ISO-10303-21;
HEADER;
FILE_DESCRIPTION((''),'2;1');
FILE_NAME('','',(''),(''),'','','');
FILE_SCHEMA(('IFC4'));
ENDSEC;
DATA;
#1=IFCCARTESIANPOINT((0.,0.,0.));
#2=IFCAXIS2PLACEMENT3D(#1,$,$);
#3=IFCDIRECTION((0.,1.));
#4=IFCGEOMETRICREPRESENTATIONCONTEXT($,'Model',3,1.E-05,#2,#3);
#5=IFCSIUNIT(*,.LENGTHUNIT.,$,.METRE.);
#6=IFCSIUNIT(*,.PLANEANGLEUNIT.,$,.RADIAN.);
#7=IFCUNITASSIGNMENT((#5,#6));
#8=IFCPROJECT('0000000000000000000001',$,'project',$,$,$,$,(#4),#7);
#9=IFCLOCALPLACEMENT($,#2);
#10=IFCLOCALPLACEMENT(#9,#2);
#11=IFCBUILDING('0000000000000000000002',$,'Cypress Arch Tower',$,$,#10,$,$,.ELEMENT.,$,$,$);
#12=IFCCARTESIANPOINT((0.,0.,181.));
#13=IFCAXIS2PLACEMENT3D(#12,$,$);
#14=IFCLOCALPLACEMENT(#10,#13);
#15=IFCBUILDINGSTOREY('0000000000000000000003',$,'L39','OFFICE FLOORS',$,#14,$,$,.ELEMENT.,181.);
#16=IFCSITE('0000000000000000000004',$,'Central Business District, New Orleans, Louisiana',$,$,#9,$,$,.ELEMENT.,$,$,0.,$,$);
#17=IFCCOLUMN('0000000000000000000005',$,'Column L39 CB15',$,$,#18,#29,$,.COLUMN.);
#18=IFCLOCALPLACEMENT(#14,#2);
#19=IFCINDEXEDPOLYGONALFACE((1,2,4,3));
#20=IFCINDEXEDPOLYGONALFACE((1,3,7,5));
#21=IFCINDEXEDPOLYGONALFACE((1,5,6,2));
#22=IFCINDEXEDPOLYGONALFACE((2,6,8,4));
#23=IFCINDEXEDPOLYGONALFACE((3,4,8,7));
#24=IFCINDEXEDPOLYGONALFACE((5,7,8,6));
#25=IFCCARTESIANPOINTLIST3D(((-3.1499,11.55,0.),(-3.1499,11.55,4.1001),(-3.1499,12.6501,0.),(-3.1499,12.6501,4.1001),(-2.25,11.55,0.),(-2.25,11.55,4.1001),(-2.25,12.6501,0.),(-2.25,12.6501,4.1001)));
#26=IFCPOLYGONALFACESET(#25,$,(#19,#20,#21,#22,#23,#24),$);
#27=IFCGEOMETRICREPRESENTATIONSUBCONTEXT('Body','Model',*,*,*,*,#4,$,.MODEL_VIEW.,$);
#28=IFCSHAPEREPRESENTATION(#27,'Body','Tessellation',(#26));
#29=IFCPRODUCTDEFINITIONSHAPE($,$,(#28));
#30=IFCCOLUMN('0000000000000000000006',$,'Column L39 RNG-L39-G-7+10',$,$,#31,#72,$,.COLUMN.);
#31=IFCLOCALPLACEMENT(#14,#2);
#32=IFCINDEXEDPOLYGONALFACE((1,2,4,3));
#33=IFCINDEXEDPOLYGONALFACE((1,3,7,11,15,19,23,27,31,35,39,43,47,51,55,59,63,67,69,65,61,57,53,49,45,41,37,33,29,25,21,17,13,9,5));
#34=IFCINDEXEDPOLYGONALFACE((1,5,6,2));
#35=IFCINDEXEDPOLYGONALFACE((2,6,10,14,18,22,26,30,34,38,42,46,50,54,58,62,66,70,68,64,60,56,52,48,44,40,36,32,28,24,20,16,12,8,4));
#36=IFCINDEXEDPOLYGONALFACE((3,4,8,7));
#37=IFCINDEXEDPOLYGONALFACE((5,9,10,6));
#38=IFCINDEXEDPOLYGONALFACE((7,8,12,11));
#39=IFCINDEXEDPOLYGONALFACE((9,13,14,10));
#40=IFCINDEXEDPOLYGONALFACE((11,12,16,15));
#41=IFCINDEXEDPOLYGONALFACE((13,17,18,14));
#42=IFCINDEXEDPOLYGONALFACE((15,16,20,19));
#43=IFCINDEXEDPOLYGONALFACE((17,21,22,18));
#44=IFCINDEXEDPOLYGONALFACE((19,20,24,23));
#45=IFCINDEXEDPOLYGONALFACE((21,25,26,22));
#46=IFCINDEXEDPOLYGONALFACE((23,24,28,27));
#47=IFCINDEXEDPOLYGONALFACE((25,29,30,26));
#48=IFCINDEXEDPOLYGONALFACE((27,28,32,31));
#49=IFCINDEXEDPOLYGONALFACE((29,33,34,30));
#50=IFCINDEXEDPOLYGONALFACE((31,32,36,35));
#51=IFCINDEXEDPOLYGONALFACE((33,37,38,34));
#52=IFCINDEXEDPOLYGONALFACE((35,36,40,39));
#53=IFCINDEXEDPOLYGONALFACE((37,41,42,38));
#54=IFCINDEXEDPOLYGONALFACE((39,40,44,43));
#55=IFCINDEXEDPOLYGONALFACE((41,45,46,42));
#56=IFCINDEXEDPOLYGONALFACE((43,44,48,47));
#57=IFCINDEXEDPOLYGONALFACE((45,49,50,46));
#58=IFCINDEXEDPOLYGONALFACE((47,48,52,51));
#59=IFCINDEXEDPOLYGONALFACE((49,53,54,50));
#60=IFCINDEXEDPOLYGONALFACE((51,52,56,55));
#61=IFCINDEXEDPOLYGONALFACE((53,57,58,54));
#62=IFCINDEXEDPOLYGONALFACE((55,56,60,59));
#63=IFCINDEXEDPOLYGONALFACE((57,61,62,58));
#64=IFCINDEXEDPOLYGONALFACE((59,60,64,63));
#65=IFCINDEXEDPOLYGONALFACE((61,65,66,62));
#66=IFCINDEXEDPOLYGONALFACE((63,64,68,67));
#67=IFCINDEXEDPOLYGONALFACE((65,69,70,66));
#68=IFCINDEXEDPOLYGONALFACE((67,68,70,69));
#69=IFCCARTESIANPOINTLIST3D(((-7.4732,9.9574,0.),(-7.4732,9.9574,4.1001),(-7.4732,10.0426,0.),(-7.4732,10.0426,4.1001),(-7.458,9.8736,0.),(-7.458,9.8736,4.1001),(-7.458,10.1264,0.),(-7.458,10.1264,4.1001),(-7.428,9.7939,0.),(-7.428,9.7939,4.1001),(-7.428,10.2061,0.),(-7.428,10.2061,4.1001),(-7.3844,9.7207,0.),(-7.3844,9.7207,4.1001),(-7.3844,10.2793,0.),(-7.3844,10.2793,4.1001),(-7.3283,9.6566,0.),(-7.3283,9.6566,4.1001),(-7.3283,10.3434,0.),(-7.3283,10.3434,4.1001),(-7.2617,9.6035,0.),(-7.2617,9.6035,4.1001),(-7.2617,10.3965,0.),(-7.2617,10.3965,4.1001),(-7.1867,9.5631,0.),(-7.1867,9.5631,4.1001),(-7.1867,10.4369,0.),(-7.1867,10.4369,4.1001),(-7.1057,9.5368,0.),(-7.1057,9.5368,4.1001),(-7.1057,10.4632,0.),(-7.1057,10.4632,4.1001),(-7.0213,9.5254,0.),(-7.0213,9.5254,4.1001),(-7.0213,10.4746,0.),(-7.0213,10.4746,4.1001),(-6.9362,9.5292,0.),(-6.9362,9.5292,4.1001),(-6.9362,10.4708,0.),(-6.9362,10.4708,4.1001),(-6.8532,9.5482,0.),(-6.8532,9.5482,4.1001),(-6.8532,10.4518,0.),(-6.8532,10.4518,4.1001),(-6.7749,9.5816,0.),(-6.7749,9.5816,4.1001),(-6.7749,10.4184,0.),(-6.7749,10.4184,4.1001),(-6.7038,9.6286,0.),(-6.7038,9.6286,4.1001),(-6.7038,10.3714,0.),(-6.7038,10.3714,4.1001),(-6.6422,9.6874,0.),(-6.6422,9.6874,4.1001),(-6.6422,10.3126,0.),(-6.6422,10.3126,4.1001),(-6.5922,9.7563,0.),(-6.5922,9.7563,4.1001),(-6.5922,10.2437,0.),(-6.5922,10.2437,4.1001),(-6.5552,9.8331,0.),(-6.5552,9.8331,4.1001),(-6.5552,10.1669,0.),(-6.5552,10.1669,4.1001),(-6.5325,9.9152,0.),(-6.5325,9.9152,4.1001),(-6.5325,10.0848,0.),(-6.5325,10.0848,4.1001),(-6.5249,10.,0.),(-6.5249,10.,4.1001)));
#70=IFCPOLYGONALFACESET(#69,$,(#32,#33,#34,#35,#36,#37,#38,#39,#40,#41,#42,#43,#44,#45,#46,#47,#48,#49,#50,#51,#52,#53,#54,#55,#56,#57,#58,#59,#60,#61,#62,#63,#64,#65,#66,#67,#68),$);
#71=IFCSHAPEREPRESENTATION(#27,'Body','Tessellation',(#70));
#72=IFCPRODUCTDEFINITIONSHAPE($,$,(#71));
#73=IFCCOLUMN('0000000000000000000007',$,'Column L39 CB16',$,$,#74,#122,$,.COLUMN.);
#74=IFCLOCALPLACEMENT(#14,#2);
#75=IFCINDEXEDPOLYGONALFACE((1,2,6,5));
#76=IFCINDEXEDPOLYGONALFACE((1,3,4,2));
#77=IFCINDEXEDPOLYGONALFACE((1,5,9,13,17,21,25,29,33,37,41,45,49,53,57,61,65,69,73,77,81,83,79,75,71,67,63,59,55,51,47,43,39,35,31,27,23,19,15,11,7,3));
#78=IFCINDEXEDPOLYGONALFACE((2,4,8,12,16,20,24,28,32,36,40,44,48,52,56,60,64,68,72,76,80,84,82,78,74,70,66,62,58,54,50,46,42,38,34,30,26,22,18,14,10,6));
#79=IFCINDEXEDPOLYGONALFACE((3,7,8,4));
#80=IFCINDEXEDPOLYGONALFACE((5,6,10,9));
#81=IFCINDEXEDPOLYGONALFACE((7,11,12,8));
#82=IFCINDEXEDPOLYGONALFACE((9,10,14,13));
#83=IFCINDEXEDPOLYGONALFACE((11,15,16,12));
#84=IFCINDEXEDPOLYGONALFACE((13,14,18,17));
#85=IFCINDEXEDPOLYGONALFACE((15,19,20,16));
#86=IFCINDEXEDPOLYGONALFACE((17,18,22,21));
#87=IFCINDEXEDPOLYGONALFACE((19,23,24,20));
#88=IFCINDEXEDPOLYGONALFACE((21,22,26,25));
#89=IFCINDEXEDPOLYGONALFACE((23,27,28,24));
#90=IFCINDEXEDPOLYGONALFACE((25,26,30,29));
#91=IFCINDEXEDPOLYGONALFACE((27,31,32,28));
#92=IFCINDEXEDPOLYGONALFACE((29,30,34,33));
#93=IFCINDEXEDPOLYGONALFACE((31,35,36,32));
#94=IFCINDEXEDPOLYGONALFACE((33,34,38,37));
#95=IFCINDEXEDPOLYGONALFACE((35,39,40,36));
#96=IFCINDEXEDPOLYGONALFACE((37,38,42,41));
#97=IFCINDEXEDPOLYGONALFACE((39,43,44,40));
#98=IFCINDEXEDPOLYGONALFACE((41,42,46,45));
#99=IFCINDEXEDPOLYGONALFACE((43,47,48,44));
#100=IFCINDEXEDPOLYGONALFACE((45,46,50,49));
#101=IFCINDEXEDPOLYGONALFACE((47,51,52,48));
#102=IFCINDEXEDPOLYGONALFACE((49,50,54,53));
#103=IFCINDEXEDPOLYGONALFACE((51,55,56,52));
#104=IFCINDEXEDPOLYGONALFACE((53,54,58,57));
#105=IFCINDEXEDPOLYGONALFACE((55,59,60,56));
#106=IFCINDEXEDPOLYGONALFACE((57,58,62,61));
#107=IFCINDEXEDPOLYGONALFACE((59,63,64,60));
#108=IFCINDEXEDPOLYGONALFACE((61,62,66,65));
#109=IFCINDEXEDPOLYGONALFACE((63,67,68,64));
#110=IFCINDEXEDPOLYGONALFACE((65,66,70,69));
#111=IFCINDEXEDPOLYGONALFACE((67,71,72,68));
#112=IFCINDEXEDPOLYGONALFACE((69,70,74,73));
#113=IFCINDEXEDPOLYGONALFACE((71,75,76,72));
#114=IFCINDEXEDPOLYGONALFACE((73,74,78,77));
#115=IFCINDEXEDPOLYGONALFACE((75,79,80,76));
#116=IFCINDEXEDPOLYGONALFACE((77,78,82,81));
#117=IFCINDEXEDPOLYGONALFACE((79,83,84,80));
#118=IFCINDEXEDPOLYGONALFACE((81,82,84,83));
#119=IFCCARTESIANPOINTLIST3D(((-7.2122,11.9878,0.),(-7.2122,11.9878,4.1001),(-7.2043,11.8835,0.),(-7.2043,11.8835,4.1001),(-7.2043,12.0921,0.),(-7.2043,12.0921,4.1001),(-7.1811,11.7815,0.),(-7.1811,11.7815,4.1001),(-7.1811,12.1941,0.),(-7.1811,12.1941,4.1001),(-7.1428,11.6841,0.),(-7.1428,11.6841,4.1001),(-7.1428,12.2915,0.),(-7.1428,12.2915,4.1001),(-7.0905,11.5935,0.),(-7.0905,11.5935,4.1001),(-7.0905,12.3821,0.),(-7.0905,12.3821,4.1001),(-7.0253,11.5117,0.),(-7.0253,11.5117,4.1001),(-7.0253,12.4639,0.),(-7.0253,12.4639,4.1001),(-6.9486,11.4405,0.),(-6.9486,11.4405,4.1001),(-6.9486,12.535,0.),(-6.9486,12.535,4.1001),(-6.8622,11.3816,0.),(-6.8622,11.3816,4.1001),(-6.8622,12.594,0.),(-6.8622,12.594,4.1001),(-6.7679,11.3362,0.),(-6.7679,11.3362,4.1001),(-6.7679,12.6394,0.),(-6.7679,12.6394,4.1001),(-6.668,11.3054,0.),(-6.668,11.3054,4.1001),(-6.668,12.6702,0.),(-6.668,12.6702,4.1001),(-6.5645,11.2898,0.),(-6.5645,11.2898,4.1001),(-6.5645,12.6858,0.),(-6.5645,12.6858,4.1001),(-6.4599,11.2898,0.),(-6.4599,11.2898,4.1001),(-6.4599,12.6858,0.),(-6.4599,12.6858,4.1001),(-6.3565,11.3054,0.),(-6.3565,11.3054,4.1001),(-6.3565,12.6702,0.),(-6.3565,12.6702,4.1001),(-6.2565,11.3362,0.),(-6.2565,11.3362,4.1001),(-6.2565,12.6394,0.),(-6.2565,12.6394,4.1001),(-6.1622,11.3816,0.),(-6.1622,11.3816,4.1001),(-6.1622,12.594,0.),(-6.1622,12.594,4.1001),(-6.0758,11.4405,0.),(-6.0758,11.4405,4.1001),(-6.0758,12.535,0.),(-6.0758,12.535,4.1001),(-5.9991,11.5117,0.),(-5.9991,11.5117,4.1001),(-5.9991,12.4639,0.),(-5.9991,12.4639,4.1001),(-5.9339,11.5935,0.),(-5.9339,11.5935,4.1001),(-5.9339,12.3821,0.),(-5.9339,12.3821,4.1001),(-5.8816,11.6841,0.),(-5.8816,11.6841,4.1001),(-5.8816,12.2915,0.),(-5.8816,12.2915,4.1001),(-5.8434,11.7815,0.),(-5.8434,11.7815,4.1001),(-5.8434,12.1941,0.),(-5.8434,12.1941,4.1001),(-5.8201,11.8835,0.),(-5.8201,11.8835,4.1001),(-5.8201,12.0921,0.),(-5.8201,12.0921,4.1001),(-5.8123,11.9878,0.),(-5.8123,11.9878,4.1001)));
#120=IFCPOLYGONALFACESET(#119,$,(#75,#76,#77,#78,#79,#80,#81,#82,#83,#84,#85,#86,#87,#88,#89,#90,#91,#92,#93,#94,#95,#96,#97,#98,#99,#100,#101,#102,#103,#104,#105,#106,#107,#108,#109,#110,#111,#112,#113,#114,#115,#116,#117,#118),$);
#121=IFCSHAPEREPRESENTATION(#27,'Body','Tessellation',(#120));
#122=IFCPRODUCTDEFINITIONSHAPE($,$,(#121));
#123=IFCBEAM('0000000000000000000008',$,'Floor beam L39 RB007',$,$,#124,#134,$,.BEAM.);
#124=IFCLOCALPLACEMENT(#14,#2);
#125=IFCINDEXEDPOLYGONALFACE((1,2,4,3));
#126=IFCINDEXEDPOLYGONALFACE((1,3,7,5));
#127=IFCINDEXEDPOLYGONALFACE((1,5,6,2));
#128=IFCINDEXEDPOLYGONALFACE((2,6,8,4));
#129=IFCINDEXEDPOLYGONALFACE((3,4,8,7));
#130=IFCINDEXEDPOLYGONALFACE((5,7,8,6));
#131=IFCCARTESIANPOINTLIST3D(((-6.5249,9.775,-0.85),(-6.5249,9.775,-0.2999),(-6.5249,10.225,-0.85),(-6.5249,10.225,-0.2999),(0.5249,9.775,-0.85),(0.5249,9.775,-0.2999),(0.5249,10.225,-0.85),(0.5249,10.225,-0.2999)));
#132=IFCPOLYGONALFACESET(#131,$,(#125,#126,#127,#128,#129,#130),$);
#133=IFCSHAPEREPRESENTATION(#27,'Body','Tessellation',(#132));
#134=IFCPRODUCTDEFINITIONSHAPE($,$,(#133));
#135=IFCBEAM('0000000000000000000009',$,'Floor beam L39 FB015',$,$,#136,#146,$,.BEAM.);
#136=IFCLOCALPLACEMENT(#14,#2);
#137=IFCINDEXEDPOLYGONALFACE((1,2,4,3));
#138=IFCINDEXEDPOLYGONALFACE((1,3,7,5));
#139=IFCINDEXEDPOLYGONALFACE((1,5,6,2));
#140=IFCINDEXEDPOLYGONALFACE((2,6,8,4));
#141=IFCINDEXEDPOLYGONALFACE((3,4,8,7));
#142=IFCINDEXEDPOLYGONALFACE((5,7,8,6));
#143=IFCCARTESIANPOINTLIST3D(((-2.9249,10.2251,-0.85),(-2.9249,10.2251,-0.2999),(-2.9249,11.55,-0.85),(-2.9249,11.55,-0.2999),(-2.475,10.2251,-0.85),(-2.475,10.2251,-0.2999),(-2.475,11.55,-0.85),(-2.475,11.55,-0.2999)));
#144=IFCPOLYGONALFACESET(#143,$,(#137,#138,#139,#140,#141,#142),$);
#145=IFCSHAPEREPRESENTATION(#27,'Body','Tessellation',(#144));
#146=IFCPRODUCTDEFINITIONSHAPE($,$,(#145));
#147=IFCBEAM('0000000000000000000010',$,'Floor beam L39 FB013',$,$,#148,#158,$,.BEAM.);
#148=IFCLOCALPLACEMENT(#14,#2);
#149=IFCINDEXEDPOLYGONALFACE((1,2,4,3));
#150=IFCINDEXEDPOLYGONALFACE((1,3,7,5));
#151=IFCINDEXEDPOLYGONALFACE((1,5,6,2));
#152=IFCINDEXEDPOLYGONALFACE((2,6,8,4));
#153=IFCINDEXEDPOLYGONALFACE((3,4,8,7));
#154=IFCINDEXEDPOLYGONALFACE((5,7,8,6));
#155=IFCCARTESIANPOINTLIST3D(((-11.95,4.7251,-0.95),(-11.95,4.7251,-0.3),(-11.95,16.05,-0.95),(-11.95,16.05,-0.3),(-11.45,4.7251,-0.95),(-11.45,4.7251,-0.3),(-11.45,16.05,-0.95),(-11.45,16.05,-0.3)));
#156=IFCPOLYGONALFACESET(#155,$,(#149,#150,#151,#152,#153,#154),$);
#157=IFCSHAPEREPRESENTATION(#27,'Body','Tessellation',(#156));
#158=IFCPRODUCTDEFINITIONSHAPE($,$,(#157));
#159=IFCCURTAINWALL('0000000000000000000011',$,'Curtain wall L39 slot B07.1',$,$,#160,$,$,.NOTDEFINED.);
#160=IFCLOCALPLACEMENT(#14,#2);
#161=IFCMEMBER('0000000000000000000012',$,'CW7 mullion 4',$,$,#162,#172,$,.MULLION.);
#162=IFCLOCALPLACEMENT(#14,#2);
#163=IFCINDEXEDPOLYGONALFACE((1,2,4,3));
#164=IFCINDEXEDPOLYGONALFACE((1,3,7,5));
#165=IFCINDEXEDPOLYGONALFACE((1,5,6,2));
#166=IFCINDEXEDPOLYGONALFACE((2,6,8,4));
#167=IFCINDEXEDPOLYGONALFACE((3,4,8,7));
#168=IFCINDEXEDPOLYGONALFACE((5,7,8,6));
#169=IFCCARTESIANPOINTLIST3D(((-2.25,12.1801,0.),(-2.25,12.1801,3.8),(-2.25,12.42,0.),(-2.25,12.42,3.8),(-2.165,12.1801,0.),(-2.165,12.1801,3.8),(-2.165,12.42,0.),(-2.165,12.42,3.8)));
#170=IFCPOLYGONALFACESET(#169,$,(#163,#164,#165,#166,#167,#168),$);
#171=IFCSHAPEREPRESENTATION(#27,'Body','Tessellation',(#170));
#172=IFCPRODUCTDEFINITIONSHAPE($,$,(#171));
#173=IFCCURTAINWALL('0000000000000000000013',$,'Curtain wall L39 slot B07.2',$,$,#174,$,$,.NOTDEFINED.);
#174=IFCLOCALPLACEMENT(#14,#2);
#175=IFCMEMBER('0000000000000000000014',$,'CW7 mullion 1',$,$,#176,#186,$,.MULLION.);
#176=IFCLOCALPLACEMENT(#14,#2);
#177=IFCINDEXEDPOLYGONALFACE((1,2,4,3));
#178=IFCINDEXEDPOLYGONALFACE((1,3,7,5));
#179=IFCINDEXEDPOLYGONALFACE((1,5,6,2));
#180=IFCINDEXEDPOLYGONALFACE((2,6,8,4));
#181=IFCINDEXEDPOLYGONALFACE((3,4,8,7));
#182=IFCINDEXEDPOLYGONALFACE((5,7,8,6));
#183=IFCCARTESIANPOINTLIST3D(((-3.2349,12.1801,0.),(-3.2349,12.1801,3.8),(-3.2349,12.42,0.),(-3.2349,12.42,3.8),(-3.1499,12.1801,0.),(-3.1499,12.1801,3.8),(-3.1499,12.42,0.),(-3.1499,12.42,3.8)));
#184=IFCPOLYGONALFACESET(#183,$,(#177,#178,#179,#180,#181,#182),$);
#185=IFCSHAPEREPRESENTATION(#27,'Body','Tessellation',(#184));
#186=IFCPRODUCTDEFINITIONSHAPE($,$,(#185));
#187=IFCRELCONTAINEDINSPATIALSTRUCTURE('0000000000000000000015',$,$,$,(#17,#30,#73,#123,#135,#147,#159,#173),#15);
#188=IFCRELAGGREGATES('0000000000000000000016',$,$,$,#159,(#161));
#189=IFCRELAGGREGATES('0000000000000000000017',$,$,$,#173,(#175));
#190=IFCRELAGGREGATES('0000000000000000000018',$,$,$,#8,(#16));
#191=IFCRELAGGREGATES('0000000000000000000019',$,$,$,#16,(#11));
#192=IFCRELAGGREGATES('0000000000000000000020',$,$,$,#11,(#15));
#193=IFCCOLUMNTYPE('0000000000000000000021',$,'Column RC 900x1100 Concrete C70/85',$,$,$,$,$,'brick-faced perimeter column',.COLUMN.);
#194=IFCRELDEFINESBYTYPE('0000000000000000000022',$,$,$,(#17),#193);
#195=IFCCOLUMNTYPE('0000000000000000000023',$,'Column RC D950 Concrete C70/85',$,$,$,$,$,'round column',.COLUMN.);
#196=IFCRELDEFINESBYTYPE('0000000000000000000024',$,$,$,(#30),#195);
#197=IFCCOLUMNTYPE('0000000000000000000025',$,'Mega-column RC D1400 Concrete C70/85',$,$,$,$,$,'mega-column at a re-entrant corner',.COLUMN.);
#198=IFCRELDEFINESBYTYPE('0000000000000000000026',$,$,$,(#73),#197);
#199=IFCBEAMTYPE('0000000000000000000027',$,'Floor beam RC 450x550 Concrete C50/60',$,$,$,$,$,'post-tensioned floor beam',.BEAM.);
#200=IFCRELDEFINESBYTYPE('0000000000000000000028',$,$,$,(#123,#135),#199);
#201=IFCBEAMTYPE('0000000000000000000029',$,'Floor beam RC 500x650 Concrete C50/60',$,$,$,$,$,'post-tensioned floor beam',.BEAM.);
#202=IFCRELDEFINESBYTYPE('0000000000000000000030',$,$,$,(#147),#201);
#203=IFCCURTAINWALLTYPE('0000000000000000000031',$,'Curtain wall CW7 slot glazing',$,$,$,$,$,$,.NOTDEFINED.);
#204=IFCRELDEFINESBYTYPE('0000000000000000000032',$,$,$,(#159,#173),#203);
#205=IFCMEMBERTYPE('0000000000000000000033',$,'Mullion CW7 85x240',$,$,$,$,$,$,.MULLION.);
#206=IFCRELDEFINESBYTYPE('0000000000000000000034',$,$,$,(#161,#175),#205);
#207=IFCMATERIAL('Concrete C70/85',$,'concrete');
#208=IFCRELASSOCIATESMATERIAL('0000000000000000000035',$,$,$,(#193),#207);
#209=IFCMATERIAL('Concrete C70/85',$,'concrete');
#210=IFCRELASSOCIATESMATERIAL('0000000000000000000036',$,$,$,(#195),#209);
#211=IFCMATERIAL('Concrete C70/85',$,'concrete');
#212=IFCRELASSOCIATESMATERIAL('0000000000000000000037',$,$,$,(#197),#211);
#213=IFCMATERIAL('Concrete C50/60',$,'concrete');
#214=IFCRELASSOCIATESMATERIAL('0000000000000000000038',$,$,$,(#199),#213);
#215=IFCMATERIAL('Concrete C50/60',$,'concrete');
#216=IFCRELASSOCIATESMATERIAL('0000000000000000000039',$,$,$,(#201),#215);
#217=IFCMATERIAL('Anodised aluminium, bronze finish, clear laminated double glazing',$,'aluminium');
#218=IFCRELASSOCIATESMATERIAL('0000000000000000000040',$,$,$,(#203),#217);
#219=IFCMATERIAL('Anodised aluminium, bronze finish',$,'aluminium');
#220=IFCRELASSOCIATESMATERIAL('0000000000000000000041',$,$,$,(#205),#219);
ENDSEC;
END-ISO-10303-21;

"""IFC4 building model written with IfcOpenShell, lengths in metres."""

from ifc_helpers import new_model, si_unit, direction, frame, origin, origin_2d, place, context, subcontext, project, spatial, rectangle, circle, extrude, material, material_profile, profile_set, type_object, element, aggregate, save


model = new_model("IFC4")

# Units and contexts
model_context = context("Model", 3, precision=1e-05, world=origin(), true_north=direction((0.0, 1.0)))
body_context = subcontext(model_context, "Body", "Model", "MODEL_VIEW")
ifc_project = project(units=[si_unit("LENGTHUNIT", "METRE"), si_unit("PLANEANGLEUNIT", "RADIAN")], contexts=[model_context])

# Site, building, storey
site_placement = place(None, origin())
site = spatial("IfcSite", under=ifc_project, at=site_placement, Name="Central Business District, New Orleans, Louisiana", CompositionType="ELEMENT", RefElevation=0.0)
building_placement = place(site_placement, origin())
building = spatial("IfcBuilding", under=site, at=building_placement, Name="Cypress Arch Tower", CompositionType="ELEMENT")
storey_placement = place(building_placement, frame((0.0, 0.0, 181.0)))
storey = spatial("IfcBuildingStorey", under=building, at=storey_placement, Name="L39", Description="OFFICE FLOORS", CompositionType="ELEMENT", Elevation=181.0)

# Columns
ifc_material_1 = material(Name="Concrete C70/85", Category="concrete")
ifc_material_profile_1 = material_profile(ifc_material_1, rectangle(XDim=0.8999, YDim=1.1001, at=origin_2d()), Name="RC 900x1100")
ifc_profile_set_1 = profile_set([ifc_material_profile_1], Name="Concrete C70/85")
column_type_1 = type_object("IfcColumnType", Name="Column RC 900x1100 Concrete C70/85", ElementType="brick-faced perimeter column", PredefinedType="COLUMN", material=ifc_profile_set_1)
column_1_placement = place(storey_placement, frame((-2.7, 12.1001, 0.0), z_axis=(0.0, 0.0, 1.0), x_axis=(-1.0, 0.0, 0.0)))
element("IfcColumn", 1, at=column_1_placement, inside=storey, type_object=column_type_1, Name="Column L39 CB15", PredefinedType="COLUMN", context=body_context, shape_type="SweptSolid", body=[
    extrude(rectangle(XDim=0.8999, YDim=1.1001, at=origin_2d()), origin(), (0.0, 0.0, 1.0), 4.1001),
])
ifc_material_2 = material(Name="Concrete C70/85", Category="concrete")
ifc_material_profile_2 = material_profile(ifc_material_2, circle(Radius=0.4751, at=origin_2d()), Name="RC D950")
ifc_profile_set_2 = profile_set([ifc_material_profile_2], Name="Concrete C70/85")
column_type_2 = type_object("IfcColumnType", Name="Column RC D950 Concrete C70/85", ElementType="round column", PredefinedType="COLUMN", material=ifc_profile_set_2)
column_2_placement = place(storey_placement, frame((-7.0, 10.0, 0.0), z_axis=(0.0, 0.0, 1.0), x_axis=(1.0, 0.0, 0.0)))
element("IfcColumn", 2, at=column_2_placement, inside=storey, type_object=column_type_2, Name="Column L39 RNG-L39-G-7+10", PredefinedType="COLUMN", context=body_context, shape_type="SweptSolid", body=[
    extrude(circle(Radius=0.4751, at=origin_2d()), origin(), (0.0, 0.0, 1.0), 4.1001),
])
ifc_material_3 = material(Name="Concrete C70/85", Category="concrete")
ifc_material_profile_3 = material_profile(ifc_material_3, circle(Radius=0.7, at=origin_2d()), Name="RC D1400")
ifc_profile_set_3 = profile_set([ifc_material_profile_3], Name="Concrete C70/85")
column_type_3 = type_object("IfcColumnType", Name="Mega-column RC D1400 Concrete C70/85", ElementType="mega-column at a re-entrant corner", PredefinedType="COLUMN", material=ifc_profile_set_3)
column_3_placement = place(storey_placement, frame((-6.5122, 11.9878, 0.0), z_axis=(0.0, 0.0, 1.0), x_axis=(1.0, 0.0, 0.0)))
element("IfcColumn", 3, at=column_3_placement, inside=storey, type_object=column_type_3, Name="Column L39 CB16", PredefinedType="COLUMN", context=body_context, shape_type="SweptSolid", body=[
    extrude(circle(Radius=0.7, at=origin_2d()), origin(), (0.0, 0.0, 1.0), 4.1001),
])

# Beams
ifc_material_4 = material(Name="Concrete C50/60", Category="concrete")
ifc_material_profile_4 = material_profile(ifc_material_4, rectangle(XDim=0.45, YDim=0.55, at=origin_2d()), Name="RC 450x550")
ifc_profile_set_4 = profile_set([ifc_material_profile_4], Name="Concrete C50/60")
beam_type_1 = type_object("IfcBeamType", Name="Floor beam RC 450x550 Concrete C50/60", ElementType="post-tensioned floor beam", PredefinedType="BEAM", material=ifc_profile_set_4)
beam_1_placement = place(storey_placement, frame((-6.5249, 10.0, -0.575), z_axis=(1.0, 0.0, 0.0), x_axis=(0.0, 1.0, 0.0)))
element("IfcBeam", 4, at=beam_1_placement, inside=storey, type_object=beam_type_1, Name="Floor beam L39 RB007", PredefinedType="BEAM", context=body_context, shape_type="SweptSolid", body=[
    extrude(rectangle(XDim=0.45, YDim=0.55, at=origin_2d()), origin(), (0.0, 0.0, 1.0), 7.0498),
])
beam_2_placement = place(storey_placement, frame((-2.7, 10.2251, -0.575), z_axis=(0.0, 1.0, 0.0), x_axis=(-1.0, 0.0, 0.0)))
element("IfcBeam", 5, at=beam_2_placement, inside=storey, type_object=beam_type_1, Name="Floor beam L39 FB015", PredefinedType="BEAM", context=body_context, shape_type="SweptSolid", body=[
    extrude(rectangle(XDim=0.45, YDim=0.55, at=origin_2d()), origin(), (0.0, 0.0, 1.0), 1.325),
])
ifc_material_5 = material(Name="Concrete C50/60", Category="concrete")
ifc_material_profile_5 = material_profile(ifc_material_5, rectangle(XDim=0.5, YDim=0.6499, at=origin_2d()), Name="RC 500x650")
ifc_profile_set_5 = profile_set([ifc_material_profile_5], Name="Concrete C50/60")
beam_type_2 = type_object("IfcBeamType", Name="Floor beam RC 500x650 Concrete C50/60", ElementType="post-tensioned floor beam", PredefinedType="BEAM", material=ifc_profile_set_5)
beam_3_placement = place(storey_placement, frame((-11.7, 4.7251, -0.625), z_axis=(0.0, 1.0, 0.0), x_axis=(-1.0, 0.0, 0.0)))
element("IfcBeam", 6, at=beam_3_placement, inside=storey, type_object=beam_type_2, Name="Floor beam L39 FB013", PredefinedType="BEAM", context=body_context, shape_type="SweptSolid", body=[
    extrude(rectangle(XDim=0.5, YDim=0.6499, at=origin_2d()), origin(), (0.0, 0.0, 1.0), 11.325),
])

# Curtain wall, member
ifc_material_6 = material(Name="Anodised aluminium, bronze finish, clear laminated double glazing", Category="aluminium")
curtain_wall_type = type_object("IfcCurtainWallType", Name="Curtain wall CW7 slot glazing", PredefinedType="NOTDEFINED", material=ifc_material_6)
curtain_wall_1_placement = place(storey_placement, origin())
curtain_wall_1 = element("IfcCurtainWall", 7, at=curtain_wall_1_placement, inside=storey, type_object=curtain_wall_type, Name="Curtain wall L39 slot B07.1", PredefinedType="NOTDEFINED")
ifc_material_7 = material(Name="Anodised aluminium, bronze finish", Category="aluminium")
ifc_material_profile_6 = material_profile(ifc_material_7, rectangle(XDim=0.24, YDim=0.085, at=origin_2d()), Name="Mullion 85x240")
ifc_profile_set_6 = profile_set([ifc_material_profile_6], Name="Anodised aluminium, bronze finish")
member_type_1 = type_object("IfcMemberType", Name="Mullion CW7 85x240", PredefinedType="MULLION", material=ifc_profile_set_6)
member_1_placement = place(storey_placement, frame((-2.2075, 12.3, 0.0), z_axis=(0.0, 0.0, 1.0), x_axis=(0.0, -1.0, 0.0)))
member_1 = element("IfcMember", 8, at=member_1_placement, type_object=member_type_1, Name="CW7 mullion 4", PredefinedType="MULLION", context=body_context, shape_type="SweptSolid", body=[
    extrude(rectangle(XDim=0.24, YDim=0.085, at=origin_2d()), origin(), (0.0, 0.0, 1.0), 3.8),
])
aggregate(curtain_wall_1, [member_1])

# Curtain wall, member
curtain_wall_2_placement = place(storey_placement, origin())
curtain_wall_2 = element("IfcCurtainWall", 9, at=curtain_wall_2_placement, inside=storey, type_object=curtain_wall_type, Name="Curtain wall L39 slot B07.2", PredefinedType="NOTDEFINED")
member_2_placement = place(storey_placement, frame((-3.1924, 12.3, 0.0), z_axis=(0.0, 0.0, 1.0), x_axis=(0.0, -1.0, 0.0)))
member_2 = element("IfcMember", 10, at=member_2_placement, type_object=member_type_1, Name="CW7 mullion 1", PredefinedType="MULLION", context=body_context, shape_type="SweptSolid", body=[
    extrude(rectangle(XDim=0.24, YDim=0.085, at=origin_2d()), origin(), (0.0, 0.0, 1.0), 3.8),
])

aggregate(curtain_wall_2, [member_2])

save(model, "model.ifc")
